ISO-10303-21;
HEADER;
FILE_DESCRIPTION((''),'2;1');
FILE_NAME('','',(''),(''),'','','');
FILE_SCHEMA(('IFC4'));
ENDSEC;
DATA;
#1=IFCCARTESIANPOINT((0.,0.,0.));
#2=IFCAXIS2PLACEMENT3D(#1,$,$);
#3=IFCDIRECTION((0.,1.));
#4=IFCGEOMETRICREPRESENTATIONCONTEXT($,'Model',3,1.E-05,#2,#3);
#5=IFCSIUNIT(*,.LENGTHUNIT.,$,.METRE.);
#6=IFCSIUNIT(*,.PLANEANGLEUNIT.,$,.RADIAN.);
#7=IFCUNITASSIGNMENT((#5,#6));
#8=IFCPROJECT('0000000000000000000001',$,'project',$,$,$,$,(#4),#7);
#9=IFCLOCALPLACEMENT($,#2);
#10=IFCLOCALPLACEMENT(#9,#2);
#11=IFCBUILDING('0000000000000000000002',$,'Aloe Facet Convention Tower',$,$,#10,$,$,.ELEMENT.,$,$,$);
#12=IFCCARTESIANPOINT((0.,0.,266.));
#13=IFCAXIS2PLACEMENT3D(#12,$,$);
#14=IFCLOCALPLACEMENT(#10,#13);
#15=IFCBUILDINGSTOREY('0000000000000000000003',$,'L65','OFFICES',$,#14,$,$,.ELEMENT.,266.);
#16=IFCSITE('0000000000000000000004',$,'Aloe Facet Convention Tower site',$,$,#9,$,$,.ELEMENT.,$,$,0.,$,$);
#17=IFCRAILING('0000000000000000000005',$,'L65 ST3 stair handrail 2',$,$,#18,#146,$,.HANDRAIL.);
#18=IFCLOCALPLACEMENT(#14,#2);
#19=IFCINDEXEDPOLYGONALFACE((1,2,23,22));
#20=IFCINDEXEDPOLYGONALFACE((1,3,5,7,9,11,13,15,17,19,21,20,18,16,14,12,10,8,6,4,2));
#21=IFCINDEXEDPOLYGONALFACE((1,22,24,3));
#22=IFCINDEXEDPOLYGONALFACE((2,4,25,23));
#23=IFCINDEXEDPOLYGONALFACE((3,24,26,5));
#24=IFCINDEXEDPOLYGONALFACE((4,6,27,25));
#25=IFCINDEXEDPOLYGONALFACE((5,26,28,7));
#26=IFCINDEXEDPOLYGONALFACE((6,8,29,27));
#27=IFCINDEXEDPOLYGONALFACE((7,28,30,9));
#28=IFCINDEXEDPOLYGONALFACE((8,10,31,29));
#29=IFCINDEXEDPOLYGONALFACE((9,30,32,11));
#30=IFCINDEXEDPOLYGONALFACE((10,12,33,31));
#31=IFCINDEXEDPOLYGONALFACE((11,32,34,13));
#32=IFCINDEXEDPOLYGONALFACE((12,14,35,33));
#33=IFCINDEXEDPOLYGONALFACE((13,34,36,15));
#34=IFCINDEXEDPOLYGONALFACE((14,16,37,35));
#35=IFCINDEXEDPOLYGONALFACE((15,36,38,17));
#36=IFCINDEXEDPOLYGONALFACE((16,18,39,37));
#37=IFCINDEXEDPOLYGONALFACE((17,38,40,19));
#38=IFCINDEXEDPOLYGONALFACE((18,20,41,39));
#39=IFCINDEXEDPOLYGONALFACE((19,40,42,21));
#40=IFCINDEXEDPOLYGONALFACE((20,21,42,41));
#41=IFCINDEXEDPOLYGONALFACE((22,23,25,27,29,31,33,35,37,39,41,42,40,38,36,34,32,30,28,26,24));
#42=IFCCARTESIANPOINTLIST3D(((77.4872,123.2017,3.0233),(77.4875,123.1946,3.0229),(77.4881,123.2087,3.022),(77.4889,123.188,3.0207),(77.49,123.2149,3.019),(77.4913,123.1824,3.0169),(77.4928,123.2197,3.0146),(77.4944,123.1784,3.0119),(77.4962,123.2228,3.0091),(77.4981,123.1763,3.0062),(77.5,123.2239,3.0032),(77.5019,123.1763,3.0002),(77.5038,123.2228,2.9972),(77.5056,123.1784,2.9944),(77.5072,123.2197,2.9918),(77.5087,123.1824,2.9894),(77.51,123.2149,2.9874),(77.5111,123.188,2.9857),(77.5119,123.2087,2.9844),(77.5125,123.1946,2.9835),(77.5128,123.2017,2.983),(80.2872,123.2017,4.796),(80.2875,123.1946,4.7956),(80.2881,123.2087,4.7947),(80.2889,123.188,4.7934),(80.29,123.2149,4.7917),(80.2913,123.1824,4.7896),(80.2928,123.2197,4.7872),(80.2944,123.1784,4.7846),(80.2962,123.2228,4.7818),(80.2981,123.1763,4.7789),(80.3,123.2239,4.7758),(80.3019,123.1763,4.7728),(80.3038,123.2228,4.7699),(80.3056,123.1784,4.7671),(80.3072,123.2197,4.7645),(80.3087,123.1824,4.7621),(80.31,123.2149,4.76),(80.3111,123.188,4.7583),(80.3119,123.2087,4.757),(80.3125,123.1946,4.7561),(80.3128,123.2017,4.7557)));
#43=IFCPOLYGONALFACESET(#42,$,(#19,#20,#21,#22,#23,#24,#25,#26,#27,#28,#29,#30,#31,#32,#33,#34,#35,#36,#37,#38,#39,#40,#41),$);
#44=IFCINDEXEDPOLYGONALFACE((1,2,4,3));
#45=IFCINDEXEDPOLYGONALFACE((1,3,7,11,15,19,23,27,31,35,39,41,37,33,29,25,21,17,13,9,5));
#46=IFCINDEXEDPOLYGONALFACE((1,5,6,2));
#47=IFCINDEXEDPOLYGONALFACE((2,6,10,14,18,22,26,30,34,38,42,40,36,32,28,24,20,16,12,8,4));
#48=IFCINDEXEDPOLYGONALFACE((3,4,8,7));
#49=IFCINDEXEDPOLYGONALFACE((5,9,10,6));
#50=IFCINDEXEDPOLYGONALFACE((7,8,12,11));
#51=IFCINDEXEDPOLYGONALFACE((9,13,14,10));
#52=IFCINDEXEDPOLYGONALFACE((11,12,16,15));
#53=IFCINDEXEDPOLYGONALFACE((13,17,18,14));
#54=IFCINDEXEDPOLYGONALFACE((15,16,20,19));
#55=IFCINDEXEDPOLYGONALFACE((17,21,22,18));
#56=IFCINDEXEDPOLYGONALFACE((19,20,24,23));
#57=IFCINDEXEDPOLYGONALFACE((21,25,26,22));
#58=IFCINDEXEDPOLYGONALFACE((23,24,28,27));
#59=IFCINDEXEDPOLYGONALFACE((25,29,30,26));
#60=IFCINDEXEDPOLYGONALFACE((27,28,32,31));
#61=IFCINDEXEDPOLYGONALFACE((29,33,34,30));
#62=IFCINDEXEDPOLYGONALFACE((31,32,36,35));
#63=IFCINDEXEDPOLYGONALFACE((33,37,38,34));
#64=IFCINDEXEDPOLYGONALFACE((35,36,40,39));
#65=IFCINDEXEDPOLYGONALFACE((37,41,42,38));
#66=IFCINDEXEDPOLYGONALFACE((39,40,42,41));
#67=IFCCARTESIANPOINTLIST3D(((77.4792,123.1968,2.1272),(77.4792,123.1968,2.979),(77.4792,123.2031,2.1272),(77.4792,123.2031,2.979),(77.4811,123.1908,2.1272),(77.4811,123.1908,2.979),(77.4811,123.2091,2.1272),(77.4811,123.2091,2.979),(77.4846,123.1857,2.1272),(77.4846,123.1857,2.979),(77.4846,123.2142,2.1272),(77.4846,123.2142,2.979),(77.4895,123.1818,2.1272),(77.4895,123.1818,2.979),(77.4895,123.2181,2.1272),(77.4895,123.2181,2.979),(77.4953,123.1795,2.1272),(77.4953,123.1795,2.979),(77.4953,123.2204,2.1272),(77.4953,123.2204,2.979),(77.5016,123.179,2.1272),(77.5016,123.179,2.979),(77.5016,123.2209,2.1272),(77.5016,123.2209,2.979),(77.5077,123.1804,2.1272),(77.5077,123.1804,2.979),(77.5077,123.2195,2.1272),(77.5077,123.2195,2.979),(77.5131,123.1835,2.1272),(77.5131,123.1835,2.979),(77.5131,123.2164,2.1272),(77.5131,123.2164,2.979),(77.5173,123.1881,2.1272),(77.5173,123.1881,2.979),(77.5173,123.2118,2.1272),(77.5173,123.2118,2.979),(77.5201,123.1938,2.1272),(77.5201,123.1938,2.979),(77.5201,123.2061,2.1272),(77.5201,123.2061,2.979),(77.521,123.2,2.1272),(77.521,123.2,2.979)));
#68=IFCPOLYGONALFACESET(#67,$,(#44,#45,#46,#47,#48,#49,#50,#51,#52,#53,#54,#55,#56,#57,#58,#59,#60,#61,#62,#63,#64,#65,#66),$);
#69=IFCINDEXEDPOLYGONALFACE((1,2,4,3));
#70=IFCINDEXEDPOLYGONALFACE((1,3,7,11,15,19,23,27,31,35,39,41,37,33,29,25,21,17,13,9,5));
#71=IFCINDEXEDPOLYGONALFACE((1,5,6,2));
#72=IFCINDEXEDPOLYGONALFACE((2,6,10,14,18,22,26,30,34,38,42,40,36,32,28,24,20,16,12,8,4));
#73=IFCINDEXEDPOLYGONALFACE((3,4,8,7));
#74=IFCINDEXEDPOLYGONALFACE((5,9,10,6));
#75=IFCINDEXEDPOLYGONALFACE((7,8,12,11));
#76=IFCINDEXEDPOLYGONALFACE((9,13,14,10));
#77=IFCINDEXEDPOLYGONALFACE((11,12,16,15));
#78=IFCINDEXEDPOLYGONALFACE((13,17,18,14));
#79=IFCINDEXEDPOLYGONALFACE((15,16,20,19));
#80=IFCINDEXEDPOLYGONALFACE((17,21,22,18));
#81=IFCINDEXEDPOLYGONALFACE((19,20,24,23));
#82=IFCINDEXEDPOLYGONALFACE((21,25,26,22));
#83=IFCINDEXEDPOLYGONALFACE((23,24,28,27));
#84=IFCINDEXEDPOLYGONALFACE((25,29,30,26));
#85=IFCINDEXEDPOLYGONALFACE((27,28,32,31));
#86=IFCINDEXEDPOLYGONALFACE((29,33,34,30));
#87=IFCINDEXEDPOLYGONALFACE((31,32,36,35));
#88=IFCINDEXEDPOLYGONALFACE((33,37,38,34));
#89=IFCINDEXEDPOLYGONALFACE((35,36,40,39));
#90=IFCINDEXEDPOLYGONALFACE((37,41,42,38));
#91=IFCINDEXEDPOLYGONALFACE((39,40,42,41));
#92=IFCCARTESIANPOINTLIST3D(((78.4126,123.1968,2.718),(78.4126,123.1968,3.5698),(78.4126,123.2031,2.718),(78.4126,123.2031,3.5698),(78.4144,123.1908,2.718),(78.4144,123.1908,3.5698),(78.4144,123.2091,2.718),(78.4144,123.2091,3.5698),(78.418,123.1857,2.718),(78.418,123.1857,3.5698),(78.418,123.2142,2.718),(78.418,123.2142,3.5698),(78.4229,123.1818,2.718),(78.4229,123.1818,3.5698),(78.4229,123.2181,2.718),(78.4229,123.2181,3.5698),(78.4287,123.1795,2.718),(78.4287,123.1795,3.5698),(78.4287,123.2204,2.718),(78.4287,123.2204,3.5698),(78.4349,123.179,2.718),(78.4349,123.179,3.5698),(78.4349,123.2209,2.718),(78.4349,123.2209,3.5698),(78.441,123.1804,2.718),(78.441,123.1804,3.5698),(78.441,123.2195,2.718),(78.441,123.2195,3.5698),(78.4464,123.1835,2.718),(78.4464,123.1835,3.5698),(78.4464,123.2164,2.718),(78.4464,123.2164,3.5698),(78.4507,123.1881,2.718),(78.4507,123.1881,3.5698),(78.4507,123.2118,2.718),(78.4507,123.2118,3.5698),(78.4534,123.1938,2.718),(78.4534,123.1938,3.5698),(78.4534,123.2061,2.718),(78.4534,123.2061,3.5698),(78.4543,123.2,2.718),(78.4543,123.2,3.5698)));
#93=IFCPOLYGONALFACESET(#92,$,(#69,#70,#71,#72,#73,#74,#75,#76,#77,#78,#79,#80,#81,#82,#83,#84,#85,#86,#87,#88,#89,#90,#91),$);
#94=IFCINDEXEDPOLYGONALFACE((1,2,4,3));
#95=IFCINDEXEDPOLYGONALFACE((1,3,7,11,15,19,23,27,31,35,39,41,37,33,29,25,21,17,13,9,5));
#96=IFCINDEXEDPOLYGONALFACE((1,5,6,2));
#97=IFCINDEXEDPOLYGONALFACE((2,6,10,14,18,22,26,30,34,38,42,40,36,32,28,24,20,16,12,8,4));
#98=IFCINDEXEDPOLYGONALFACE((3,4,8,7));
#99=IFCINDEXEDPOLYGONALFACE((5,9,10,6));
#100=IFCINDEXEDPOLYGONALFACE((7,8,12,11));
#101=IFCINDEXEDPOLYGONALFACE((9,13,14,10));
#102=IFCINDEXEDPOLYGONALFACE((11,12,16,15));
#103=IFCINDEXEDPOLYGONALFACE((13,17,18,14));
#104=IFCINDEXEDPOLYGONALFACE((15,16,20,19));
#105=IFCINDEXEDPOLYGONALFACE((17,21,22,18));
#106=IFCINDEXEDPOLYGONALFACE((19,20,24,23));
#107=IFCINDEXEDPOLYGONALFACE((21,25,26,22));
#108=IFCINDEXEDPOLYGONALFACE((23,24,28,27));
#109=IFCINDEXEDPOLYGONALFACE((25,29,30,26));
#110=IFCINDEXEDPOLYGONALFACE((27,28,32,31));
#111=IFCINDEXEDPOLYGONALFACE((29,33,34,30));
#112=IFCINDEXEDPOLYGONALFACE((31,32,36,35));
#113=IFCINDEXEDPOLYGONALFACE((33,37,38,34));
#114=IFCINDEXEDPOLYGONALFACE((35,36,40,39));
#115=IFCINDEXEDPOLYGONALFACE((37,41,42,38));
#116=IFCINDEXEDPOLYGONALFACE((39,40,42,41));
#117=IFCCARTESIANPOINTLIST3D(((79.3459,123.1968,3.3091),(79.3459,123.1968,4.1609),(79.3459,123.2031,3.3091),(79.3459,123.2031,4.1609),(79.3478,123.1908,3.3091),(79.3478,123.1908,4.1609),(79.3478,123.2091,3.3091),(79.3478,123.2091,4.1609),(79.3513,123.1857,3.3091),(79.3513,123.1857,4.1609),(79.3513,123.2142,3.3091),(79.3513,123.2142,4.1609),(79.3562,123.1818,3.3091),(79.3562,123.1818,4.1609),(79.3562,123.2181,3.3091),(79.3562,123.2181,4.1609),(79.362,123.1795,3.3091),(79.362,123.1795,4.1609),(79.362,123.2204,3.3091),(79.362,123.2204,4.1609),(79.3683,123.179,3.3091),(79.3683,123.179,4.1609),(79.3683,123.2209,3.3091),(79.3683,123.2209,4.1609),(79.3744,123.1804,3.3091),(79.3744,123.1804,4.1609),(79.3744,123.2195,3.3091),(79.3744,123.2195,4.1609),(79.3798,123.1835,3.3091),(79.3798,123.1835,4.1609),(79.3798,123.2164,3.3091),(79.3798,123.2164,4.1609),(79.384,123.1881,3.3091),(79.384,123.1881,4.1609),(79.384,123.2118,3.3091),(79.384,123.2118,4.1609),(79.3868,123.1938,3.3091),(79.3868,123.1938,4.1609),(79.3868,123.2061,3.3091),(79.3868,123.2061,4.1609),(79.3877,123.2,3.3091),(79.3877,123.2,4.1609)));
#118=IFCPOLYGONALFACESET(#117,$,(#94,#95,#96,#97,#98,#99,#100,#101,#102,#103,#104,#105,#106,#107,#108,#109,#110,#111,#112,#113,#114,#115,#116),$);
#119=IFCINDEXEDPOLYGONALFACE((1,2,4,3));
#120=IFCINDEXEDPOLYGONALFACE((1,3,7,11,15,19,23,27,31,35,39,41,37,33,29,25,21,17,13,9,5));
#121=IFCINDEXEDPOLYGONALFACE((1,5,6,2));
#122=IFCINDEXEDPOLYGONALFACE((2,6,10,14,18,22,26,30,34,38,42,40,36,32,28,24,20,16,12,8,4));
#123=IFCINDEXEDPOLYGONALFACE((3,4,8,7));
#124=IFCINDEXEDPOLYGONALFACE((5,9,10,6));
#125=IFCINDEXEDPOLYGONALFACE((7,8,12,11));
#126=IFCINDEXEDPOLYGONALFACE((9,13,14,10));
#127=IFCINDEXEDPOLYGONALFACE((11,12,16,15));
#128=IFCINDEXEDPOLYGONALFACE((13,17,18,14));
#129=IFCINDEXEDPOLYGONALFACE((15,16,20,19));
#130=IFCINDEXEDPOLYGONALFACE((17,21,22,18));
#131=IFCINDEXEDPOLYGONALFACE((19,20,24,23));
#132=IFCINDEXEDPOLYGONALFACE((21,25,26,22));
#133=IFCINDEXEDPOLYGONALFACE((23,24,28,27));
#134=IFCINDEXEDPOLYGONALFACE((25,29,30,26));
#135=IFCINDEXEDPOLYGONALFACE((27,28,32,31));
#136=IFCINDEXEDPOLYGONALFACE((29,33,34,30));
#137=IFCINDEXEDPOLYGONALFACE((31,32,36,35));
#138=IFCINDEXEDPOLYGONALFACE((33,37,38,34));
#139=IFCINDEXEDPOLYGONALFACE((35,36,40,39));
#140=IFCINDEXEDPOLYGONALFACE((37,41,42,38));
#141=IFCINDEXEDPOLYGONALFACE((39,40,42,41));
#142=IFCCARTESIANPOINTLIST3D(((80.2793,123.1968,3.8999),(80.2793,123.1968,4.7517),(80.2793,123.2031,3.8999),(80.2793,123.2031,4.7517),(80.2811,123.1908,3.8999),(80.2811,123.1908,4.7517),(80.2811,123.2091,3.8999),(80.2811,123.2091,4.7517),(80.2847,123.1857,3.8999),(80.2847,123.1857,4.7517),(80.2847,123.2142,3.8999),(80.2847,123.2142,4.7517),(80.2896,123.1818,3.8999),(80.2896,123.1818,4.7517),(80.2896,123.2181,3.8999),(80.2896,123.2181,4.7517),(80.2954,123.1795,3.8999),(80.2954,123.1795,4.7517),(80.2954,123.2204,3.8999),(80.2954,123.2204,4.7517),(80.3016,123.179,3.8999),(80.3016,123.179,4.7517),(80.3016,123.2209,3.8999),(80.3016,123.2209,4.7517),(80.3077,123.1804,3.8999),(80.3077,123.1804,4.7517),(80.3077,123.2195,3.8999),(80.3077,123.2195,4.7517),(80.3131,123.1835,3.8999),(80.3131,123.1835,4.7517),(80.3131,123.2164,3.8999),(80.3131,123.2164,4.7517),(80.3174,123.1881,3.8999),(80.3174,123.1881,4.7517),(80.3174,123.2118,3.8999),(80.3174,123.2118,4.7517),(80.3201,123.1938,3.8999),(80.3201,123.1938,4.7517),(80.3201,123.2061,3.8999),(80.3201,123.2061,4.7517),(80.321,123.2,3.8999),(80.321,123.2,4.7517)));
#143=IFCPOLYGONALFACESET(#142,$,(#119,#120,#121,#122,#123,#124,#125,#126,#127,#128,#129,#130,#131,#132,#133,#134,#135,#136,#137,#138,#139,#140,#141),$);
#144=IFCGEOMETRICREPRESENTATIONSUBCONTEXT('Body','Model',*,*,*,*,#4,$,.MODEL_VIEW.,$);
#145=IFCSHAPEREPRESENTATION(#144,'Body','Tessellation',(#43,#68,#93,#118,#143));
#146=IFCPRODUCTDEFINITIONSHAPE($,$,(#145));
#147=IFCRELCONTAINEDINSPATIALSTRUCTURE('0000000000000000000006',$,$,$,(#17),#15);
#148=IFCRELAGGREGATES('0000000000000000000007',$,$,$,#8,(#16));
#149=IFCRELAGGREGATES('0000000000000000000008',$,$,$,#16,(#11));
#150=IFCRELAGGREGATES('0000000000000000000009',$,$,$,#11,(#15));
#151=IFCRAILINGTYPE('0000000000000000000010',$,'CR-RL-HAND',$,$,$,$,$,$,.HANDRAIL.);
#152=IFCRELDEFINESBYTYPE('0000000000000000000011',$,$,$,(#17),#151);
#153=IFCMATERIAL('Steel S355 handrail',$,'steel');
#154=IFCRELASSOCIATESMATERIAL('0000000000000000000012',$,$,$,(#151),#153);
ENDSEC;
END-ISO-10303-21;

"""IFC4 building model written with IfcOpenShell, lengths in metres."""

from ifc_helpers import new_model, si_unit, direction, frame, origin, origin_2d, place, context, subcontext, project, spatial, circle, extrude, material, type_object, element, save


model = new_model("IFC4")

# Units and contexts
model_context = context("Model", 3, precision=1e-05, world=origin(), true_north=direction((0.0, 1.0)))
body_context = subcontext(model_context, "Body", "Model", "MODEL_VIEW")
ifc_project = project(units=[si_unit("LENGTHUNIT", "METRE"), si_unit("PLANEANGLEUNIT", "RADIAN")], contexts=[model_context])

# Site, building, storey
site_placement = place(None, origin())
site = spatial("IfcSite", under=ifc_project, at=site_placement, Name="Aloe Facet Convention Tower site", CompositionType="ELEMENT", RefElevation=0.0)
building_placement = place(site_placement, origin())
building = spatial("IfcBuilding", under=site, at=building_placement, Name="Aloe Facet Convention Tower", CompositionType="ELEMENT")
storey_placement = place(building_placement, frame((0.0, 0.0, 266.0)))
storey = spatial("IfcBuildingStorey", under=building, at=storey_placement, Name="L65", Description="OFFICES", CompositionType="ELEMENT", Elevation=266.0)

# Railing
ifc_material_1 = material(Name="Steel S355 handrail", Category="steel")
railing_type = type_object("IfcRailingType", Name="CR-RL-HAND", PredefinedType="HANDRAIL", material=ifc_material_1)
railing_placement = place(storey_placement, frame((77.5, 123.2, 2.1272)))
element("IfcRailing", 1, at=railing_placement, inside=storey, type_object=railing_type, Name="L65 ST3 stair handrail 2", PredefinedType="HANDRAIL", context=body_context, shape_type="SweptSolid", body=[
    extrude(circle(Radius=0.0239, at=origin_2d()), frame((0.0, 0.0, 0.876), z_axis=(0.844909, 0.0, 0.53491), x_axis=(0.0, 1.0, 0.0)), (0.0, 0.0, 1.0), 3.314),
    extrude(circle(Radius=0.021, at=origin_2d()), origin(), (0.0, 0.0, 1.0), 0.8518),
    extrude(circle(Radius=0.021, at=origin_2d()), frame((0.9333, 0.0, 0.5908)), (0.0, 0.0, 1.0), 0.8518),
    extrude(circle(Radius=0.021, at=origin_2d()), frame((1.8667, 0.0, 1.1819)), (0.0, 0.0, 1.0), 0.8518),
    extrude(circle(Radius=0.021, at=origin_2d()), frame((2.8, 0.0, 1.7727)), (0.0, 0.0, 1.0), 0.8518),
])

save(model, "model.ifc")
